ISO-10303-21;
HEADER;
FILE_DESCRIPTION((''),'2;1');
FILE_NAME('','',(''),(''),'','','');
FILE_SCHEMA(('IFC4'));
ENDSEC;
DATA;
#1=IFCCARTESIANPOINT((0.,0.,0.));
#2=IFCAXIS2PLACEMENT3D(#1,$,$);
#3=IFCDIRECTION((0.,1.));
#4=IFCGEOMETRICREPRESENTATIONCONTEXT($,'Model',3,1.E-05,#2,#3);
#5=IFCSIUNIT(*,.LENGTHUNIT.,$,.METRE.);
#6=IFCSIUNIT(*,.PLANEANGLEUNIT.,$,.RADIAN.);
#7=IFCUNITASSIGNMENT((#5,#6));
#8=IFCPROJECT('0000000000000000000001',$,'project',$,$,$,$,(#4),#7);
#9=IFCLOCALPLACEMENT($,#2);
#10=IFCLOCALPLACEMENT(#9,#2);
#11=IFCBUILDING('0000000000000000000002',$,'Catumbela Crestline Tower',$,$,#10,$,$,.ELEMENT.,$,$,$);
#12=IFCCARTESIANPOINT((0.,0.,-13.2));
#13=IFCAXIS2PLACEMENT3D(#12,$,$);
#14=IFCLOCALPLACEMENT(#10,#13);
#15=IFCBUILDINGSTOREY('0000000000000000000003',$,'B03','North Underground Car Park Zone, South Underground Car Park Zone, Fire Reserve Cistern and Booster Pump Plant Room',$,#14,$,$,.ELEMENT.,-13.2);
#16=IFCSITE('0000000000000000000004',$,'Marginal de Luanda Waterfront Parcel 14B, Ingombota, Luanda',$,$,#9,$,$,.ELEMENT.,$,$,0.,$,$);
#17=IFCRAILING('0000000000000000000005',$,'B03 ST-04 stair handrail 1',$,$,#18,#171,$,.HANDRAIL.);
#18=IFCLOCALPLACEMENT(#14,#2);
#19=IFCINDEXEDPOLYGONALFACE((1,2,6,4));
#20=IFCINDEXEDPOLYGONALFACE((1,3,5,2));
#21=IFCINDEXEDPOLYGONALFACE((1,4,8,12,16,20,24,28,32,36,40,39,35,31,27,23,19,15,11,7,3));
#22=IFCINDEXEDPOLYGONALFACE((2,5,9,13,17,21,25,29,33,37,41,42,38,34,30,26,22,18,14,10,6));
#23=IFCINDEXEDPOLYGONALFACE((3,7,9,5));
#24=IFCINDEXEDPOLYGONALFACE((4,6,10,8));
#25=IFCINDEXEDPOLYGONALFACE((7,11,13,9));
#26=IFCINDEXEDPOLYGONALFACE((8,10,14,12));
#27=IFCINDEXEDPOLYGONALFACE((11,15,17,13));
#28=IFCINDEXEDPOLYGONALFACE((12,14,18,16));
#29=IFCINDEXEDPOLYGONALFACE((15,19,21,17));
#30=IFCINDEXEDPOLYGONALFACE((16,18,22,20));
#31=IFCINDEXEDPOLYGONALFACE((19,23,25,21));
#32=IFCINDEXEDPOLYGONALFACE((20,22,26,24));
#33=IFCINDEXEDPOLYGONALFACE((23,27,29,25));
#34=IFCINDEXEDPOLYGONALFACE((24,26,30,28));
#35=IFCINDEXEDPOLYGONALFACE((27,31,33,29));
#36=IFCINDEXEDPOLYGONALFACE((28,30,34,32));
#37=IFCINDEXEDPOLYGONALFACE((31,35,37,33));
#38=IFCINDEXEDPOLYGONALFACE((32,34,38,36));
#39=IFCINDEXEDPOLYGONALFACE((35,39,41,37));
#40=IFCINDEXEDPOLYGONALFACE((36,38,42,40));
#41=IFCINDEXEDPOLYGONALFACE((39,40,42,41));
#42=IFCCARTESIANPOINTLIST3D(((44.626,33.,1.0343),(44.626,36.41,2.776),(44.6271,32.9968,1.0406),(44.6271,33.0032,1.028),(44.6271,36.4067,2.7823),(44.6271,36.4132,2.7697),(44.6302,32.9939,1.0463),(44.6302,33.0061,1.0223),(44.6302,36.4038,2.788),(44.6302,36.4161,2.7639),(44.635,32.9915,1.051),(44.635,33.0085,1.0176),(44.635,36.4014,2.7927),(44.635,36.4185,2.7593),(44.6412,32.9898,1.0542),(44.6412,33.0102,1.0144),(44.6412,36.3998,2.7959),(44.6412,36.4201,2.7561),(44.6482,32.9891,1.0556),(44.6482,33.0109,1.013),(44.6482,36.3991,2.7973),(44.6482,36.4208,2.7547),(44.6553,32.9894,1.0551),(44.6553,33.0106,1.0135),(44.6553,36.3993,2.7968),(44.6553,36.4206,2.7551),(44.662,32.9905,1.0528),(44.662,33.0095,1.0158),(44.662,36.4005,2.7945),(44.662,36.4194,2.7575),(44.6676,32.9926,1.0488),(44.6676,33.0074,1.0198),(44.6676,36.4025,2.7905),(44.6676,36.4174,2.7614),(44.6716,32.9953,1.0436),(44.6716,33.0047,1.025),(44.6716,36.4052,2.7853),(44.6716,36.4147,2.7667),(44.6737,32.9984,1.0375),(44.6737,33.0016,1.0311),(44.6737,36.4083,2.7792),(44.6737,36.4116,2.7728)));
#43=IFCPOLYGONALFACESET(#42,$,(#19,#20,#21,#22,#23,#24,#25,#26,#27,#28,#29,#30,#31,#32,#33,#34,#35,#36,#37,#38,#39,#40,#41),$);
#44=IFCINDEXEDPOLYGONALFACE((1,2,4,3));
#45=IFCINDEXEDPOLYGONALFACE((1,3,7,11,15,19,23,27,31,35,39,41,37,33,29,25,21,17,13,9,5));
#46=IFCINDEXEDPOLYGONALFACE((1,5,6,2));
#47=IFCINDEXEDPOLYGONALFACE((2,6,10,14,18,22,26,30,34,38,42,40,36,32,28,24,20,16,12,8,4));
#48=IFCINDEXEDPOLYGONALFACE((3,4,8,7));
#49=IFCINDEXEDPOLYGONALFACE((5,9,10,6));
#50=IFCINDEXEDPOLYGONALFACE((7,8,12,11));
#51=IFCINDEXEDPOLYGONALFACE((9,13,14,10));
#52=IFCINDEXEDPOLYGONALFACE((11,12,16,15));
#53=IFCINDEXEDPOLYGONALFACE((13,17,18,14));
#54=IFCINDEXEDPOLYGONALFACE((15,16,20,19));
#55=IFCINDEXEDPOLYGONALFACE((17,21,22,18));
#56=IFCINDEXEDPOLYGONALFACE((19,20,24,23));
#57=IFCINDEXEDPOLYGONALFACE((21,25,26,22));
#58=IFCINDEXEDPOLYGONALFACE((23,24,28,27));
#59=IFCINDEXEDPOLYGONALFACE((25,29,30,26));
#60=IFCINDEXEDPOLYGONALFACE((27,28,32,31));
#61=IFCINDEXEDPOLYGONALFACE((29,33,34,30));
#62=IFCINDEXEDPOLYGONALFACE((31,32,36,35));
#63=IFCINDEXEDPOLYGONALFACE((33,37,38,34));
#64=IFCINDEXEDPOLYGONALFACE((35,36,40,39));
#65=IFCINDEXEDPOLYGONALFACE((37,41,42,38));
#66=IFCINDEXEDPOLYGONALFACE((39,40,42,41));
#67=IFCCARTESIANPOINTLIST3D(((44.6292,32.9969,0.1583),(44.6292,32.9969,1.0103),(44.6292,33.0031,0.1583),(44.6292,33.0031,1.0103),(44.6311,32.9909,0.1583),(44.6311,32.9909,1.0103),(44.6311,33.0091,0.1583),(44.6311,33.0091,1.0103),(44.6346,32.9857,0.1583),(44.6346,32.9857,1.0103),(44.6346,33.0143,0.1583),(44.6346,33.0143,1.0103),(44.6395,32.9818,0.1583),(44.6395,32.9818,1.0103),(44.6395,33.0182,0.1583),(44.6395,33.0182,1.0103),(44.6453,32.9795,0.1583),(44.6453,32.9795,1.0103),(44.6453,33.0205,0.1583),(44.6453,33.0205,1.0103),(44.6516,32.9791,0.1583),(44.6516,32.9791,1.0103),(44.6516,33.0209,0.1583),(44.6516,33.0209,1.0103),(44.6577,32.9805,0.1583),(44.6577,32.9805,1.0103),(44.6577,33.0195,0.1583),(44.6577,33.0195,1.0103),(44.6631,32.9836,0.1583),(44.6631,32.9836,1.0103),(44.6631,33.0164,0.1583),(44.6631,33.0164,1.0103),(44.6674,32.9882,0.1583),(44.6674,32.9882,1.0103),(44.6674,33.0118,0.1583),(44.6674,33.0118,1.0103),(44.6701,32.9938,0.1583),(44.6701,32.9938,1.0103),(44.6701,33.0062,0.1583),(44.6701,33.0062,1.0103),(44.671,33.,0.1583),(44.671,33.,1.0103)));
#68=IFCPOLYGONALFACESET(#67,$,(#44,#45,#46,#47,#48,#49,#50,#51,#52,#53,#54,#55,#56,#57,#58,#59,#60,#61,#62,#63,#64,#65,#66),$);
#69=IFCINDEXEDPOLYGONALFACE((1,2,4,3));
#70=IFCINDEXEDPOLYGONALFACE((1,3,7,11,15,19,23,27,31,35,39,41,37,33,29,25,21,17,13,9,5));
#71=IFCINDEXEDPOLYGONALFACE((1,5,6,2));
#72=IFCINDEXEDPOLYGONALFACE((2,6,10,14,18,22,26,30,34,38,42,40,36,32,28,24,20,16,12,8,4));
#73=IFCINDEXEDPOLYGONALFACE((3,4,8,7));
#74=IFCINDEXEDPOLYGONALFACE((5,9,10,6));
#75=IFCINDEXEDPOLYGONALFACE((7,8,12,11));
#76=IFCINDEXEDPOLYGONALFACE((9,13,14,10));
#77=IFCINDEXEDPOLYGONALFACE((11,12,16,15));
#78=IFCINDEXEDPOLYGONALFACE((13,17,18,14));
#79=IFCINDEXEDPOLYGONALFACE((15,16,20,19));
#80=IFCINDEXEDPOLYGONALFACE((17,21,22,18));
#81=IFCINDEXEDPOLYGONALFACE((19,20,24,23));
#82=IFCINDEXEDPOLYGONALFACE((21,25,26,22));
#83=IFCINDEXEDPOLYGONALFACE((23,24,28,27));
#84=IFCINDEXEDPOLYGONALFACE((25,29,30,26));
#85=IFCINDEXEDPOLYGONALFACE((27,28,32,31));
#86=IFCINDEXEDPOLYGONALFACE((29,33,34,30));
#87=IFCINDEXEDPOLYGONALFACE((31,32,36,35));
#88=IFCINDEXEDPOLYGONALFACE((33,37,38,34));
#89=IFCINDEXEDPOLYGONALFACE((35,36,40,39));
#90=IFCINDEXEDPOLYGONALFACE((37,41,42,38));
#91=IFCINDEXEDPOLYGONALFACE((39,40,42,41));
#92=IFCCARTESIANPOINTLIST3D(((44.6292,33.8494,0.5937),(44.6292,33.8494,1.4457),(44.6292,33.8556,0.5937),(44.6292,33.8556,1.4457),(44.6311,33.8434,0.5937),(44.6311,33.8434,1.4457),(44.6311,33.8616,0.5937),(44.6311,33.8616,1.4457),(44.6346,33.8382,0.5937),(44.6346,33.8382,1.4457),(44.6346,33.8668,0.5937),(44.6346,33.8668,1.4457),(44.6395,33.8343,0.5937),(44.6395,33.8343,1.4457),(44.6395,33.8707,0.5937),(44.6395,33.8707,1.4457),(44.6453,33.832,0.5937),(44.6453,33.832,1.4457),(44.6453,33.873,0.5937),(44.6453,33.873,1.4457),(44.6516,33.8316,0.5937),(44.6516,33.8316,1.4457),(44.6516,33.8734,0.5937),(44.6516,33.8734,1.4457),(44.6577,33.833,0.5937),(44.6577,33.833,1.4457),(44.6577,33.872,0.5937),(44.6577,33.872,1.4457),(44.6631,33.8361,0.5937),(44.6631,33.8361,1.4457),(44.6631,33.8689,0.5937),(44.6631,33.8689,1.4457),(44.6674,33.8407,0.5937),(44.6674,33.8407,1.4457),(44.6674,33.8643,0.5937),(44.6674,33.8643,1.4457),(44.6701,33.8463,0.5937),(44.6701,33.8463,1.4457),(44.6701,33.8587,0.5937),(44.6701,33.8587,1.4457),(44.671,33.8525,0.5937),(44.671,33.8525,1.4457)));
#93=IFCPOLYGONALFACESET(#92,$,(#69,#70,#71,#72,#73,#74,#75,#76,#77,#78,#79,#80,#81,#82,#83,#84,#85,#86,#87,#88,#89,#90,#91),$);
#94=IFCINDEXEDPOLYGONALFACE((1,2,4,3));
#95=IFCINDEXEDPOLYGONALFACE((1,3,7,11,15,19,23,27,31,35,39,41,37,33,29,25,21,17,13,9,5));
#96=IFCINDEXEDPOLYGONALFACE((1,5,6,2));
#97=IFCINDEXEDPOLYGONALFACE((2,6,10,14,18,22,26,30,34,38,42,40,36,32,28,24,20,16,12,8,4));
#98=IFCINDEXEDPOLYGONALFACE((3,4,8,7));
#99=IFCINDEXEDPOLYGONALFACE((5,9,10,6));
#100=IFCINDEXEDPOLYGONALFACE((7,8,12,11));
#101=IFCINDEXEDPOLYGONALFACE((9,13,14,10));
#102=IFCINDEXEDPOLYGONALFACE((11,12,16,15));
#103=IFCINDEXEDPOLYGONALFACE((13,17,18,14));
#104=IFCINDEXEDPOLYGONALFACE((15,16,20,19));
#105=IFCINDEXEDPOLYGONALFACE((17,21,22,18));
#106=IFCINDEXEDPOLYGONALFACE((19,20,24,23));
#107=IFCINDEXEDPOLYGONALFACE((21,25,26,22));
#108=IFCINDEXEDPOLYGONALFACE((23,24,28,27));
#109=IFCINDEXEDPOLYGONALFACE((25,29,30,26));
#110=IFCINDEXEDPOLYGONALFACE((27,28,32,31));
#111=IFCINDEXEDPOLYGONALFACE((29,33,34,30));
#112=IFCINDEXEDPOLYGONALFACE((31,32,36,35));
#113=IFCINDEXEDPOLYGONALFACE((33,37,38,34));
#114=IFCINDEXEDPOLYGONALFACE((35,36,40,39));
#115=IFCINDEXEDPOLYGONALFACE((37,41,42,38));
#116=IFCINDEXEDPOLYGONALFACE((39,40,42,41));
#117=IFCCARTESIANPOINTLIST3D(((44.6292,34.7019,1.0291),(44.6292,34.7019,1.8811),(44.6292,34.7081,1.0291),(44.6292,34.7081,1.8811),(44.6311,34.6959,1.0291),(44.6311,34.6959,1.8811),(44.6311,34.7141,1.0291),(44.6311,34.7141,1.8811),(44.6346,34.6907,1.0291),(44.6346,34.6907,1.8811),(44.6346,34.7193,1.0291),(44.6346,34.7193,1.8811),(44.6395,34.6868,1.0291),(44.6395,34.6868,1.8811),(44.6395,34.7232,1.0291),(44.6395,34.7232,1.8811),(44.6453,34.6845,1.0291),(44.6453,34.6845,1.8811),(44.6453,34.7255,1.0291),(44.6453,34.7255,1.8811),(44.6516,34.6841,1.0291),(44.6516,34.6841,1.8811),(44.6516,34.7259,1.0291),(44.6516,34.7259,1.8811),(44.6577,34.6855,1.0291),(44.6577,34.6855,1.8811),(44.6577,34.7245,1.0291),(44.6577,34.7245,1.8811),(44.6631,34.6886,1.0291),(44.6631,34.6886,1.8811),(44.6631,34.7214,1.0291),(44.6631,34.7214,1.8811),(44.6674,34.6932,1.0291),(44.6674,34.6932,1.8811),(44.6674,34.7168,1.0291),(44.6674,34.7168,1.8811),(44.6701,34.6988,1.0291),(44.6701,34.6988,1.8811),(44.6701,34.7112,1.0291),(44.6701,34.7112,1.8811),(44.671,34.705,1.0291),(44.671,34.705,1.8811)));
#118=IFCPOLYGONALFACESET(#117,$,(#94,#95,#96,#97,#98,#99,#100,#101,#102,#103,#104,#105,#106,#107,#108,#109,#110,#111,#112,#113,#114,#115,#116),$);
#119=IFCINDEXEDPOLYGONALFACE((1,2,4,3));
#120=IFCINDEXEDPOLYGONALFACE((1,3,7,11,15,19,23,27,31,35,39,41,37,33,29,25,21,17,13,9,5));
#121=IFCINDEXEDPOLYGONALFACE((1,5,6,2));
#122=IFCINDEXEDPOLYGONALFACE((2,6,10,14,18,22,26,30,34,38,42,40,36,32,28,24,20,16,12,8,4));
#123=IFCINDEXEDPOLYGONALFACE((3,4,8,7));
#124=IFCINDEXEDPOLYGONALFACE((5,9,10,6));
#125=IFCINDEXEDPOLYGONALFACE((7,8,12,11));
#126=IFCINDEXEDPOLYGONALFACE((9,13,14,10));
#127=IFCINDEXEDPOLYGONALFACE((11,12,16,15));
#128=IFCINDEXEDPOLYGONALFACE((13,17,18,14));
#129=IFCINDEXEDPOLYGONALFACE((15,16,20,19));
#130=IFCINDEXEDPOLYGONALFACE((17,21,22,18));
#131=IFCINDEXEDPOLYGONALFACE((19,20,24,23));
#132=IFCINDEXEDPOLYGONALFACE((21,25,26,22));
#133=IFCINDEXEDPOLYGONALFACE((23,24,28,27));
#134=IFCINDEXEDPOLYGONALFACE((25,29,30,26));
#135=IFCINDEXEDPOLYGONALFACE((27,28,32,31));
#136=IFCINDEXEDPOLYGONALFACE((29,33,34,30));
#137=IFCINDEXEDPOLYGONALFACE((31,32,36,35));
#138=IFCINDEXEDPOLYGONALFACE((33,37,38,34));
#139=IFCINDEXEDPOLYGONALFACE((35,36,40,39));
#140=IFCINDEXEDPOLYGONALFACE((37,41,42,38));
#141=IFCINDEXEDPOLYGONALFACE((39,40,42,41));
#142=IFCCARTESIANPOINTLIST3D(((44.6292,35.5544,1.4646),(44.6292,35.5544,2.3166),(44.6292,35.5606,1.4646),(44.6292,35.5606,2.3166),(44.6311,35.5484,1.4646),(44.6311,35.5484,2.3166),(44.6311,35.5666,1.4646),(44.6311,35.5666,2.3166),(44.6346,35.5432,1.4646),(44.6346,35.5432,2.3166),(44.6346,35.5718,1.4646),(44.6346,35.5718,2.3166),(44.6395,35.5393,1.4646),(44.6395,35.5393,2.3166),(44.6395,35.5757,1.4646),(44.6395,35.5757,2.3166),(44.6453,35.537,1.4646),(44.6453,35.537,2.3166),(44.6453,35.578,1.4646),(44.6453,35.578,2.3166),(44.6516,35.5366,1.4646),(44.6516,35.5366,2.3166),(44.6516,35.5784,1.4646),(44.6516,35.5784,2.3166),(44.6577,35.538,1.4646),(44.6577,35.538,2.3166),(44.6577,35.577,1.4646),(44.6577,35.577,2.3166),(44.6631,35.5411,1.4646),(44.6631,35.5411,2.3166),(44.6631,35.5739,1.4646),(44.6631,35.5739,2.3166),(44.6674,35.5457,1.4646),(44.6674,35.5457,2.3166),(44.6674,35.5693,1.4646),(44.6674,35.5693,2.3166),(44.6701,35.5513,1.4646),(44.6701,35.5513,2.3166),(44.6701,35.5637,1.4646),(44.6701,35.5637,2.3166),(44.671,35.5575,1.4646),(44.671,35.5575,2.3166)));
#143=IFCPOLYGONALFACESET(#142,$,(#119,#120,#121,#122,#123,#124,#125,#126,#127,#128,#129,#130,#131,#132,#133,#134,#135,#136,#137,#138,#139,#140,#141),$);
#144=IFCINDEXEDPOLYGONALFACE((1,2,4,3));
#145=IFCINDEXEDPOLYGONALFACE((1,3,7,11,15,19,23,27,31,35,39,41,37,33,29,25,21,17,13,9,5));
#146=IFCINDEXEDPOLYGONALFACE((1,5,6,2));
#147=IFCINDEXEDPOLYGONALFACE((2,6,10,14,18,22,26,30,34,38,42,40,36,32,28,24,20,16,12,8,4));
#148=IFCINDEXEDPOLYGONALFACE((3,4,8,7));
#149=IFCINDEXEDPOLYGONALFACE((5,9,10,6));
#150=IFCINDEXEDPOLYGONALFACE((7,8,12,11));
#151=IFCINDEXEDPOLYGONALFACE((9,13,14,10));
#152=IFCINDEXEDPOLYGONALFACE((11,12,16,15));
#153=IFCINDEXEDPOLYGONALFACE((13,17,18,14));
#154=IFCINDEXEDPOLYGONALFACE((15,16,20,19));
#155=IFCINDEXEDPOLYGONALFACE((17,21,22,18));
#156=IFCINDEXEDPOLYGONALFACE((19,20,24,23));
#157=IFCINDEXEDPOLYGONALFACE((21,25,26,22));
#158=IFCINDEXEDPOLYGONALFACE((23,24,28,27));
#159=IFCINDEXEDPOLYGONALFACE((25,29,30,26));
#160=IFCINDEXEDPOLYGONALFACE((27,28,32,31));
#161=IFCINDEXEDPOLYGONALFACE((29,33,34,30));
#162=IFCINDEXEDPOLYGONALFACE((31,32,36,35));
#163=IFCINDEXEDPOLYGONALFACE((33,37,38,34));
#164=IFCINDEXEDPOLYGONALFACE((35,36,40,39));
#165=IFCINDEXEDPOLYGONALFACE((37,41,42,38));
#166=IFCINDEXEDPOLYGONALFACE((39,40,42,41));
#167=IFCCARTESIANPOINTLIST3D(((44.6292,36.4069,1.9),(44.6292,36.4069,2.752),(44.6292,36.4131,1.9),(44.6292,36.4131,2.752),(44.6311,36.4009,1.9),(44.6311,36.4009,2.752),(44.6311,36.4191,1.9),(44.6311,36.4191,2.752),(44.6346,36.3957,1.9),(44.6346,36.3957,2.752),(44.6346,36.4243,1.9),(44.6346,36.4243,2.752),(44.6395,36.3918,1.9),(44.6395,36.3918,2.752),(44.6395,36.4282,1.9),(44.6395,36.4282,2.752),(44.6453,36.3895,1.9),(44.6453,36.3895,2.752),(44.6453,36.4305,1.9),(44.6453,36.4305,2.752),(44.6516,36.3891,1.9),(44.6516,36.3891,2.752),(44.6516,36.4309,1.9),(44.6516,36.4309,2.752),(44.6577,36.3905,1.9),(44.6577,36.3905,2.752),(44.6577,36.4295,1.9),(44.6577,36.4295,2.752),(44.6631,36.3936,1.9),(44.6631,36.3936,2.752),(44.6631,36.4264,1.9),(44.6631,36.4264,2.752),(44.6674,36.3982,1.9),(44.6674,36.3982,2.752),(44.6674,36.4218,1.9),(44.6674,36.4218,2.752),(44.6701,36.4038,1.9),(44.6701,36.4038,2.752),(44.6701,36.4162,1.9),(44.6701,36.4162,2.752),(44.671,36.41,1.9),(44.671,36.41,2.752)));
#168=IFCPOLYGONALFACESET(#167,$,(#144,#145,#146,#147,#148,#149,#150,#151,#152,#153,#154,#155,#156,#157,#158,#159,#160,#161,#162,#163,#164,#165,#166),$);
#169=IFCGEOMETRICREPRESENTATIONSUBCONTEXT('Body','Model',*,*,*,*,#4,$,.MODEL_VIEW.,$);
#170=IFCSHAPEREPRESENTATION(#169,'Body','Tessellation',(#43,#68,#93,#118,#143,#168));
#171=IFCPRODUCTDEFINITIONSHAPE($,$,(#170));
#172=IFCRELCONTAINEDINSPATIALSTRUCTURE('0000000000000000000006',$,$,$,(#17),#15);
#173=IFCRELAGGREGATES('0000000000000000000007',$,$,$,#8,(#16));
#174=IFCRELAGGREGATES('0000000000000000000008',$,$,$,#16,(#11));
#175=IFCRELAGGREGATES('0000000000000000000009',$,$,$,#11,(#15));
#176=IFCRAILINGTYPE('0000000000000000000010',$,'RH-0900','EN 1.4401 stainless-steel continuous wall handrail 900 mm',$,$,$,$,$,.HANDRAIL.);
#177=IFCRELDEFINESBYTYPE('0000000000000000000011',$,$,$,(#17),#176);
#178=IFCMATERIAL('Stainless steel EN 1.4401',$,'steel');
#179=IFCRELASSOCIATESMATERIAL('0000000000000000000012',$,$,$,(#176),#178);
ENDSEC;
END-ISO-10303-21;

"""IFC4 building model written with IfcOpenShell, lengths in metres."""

from ifc_helpers import new_model, si_unit, direction, frame, origin, origin_2d, place, context, subcontext, project, spatial, circle, extrude, material, type_object, element, save


model = new_model("IFC4")

# Units and contexts
model_context = context("Model", 3, precision=1e-05, world=origin(), true_north=direction((0.0, 1.0)))
body_context = subcontext(model_context, "Body", "Model", "MODEL_VIEW")
ifc_project = project(units=[si_unit("LENGTHUNIT", "METRE"), si_unit("PLANEANGLEUNIT", "RADIAN")], contexts=[model_context])

# Site, building, storey
site_placement = place(None, origin())
site = spatial("IfcSite", under=ifc_project, at=site_placement, Name="Marginal de Luanda Waterfront Parcel 14B, Ingombota, Luanda", CompositionType="ELEMENT", RefElevation=0.0)
building_placement = place(site_placement, origin())
building = spatial("IfcBuilding", under=site, at=building_placement, Name="Catumbela Crestline Tower", CompositionType="ELEMENT")
storey_placement = place(building_placement, frame((0.0, 0.0, -13.2)))
storey = spatial("IfcBuildingStorey", under=building, at=storey_placement, Name="B03", Description="North Underground Car Park Zone, South Underground Car Park Zone, Fire Reserve Cistern and Booster Pump Plant Room", CompositionType="ELEMENT", Elevation=-13.2)

# Shared definitions
ifc_material_1 = material(Name="Stainless steel EN 1.4401", Category="steel")

# Railing
railing_type_1 = type_object("IfcRailingType", Name="RH-0900", Description="EN 1.4401 stainless-steel continuous wall handrail 900 mm", PredefinedType="HANDRAIL", material=ifc_material_1)
railing_1_placement = place(storey_placement, frame((44.65, 33.0, 0.1583)))
element("IfcRailing", 1, at=railing_1_placement, inside=storey, type_object=railing_type_1, Name="B03 ST-04 stair handrail 1", PredefinedType="HANDRAIL", context=body_context, shape_type="SweptSolid", body=[
    extrude(circle(Radius=0.024, at=origin_2d()), frame((0.0, 0.0, 0.876), z_axis=(0.0, 0.89056, 0.454865), x_axis=(-1.0, 0.0, 0.0)), (0.0, 0.0, 1.0), 3.829),
    extrude(circle(Radius=0.021, at=origin_2d()), origin(), (0.0, 0.0, 1.0), 0.852),
    extrude(circle(Radius=0.021, at=origin_2d()), frame((0.0, 0.8525, 0.4354)), (0.0, 0.0, 1.0), 0.852),
    extrude(circle(Radius=0.021, at=origin_2d()), frame((0.0, 1.705, 0.8708)), (0.0, 0.0, 1.0), 0.852),
    extrude(circle(Radius=0.021, at=origin_2d()), frame((0.0, 2.5575, 1.3063)), (0.0, 0.0, 1.0), 0.852),
    extrude(circle(Radius=0.021, at=origin_2d()), frame((0.0, 3.41, 1.7417)), (0.0, 0.0, 1.0), 0.852),
])

save(model, "model.ifc")
